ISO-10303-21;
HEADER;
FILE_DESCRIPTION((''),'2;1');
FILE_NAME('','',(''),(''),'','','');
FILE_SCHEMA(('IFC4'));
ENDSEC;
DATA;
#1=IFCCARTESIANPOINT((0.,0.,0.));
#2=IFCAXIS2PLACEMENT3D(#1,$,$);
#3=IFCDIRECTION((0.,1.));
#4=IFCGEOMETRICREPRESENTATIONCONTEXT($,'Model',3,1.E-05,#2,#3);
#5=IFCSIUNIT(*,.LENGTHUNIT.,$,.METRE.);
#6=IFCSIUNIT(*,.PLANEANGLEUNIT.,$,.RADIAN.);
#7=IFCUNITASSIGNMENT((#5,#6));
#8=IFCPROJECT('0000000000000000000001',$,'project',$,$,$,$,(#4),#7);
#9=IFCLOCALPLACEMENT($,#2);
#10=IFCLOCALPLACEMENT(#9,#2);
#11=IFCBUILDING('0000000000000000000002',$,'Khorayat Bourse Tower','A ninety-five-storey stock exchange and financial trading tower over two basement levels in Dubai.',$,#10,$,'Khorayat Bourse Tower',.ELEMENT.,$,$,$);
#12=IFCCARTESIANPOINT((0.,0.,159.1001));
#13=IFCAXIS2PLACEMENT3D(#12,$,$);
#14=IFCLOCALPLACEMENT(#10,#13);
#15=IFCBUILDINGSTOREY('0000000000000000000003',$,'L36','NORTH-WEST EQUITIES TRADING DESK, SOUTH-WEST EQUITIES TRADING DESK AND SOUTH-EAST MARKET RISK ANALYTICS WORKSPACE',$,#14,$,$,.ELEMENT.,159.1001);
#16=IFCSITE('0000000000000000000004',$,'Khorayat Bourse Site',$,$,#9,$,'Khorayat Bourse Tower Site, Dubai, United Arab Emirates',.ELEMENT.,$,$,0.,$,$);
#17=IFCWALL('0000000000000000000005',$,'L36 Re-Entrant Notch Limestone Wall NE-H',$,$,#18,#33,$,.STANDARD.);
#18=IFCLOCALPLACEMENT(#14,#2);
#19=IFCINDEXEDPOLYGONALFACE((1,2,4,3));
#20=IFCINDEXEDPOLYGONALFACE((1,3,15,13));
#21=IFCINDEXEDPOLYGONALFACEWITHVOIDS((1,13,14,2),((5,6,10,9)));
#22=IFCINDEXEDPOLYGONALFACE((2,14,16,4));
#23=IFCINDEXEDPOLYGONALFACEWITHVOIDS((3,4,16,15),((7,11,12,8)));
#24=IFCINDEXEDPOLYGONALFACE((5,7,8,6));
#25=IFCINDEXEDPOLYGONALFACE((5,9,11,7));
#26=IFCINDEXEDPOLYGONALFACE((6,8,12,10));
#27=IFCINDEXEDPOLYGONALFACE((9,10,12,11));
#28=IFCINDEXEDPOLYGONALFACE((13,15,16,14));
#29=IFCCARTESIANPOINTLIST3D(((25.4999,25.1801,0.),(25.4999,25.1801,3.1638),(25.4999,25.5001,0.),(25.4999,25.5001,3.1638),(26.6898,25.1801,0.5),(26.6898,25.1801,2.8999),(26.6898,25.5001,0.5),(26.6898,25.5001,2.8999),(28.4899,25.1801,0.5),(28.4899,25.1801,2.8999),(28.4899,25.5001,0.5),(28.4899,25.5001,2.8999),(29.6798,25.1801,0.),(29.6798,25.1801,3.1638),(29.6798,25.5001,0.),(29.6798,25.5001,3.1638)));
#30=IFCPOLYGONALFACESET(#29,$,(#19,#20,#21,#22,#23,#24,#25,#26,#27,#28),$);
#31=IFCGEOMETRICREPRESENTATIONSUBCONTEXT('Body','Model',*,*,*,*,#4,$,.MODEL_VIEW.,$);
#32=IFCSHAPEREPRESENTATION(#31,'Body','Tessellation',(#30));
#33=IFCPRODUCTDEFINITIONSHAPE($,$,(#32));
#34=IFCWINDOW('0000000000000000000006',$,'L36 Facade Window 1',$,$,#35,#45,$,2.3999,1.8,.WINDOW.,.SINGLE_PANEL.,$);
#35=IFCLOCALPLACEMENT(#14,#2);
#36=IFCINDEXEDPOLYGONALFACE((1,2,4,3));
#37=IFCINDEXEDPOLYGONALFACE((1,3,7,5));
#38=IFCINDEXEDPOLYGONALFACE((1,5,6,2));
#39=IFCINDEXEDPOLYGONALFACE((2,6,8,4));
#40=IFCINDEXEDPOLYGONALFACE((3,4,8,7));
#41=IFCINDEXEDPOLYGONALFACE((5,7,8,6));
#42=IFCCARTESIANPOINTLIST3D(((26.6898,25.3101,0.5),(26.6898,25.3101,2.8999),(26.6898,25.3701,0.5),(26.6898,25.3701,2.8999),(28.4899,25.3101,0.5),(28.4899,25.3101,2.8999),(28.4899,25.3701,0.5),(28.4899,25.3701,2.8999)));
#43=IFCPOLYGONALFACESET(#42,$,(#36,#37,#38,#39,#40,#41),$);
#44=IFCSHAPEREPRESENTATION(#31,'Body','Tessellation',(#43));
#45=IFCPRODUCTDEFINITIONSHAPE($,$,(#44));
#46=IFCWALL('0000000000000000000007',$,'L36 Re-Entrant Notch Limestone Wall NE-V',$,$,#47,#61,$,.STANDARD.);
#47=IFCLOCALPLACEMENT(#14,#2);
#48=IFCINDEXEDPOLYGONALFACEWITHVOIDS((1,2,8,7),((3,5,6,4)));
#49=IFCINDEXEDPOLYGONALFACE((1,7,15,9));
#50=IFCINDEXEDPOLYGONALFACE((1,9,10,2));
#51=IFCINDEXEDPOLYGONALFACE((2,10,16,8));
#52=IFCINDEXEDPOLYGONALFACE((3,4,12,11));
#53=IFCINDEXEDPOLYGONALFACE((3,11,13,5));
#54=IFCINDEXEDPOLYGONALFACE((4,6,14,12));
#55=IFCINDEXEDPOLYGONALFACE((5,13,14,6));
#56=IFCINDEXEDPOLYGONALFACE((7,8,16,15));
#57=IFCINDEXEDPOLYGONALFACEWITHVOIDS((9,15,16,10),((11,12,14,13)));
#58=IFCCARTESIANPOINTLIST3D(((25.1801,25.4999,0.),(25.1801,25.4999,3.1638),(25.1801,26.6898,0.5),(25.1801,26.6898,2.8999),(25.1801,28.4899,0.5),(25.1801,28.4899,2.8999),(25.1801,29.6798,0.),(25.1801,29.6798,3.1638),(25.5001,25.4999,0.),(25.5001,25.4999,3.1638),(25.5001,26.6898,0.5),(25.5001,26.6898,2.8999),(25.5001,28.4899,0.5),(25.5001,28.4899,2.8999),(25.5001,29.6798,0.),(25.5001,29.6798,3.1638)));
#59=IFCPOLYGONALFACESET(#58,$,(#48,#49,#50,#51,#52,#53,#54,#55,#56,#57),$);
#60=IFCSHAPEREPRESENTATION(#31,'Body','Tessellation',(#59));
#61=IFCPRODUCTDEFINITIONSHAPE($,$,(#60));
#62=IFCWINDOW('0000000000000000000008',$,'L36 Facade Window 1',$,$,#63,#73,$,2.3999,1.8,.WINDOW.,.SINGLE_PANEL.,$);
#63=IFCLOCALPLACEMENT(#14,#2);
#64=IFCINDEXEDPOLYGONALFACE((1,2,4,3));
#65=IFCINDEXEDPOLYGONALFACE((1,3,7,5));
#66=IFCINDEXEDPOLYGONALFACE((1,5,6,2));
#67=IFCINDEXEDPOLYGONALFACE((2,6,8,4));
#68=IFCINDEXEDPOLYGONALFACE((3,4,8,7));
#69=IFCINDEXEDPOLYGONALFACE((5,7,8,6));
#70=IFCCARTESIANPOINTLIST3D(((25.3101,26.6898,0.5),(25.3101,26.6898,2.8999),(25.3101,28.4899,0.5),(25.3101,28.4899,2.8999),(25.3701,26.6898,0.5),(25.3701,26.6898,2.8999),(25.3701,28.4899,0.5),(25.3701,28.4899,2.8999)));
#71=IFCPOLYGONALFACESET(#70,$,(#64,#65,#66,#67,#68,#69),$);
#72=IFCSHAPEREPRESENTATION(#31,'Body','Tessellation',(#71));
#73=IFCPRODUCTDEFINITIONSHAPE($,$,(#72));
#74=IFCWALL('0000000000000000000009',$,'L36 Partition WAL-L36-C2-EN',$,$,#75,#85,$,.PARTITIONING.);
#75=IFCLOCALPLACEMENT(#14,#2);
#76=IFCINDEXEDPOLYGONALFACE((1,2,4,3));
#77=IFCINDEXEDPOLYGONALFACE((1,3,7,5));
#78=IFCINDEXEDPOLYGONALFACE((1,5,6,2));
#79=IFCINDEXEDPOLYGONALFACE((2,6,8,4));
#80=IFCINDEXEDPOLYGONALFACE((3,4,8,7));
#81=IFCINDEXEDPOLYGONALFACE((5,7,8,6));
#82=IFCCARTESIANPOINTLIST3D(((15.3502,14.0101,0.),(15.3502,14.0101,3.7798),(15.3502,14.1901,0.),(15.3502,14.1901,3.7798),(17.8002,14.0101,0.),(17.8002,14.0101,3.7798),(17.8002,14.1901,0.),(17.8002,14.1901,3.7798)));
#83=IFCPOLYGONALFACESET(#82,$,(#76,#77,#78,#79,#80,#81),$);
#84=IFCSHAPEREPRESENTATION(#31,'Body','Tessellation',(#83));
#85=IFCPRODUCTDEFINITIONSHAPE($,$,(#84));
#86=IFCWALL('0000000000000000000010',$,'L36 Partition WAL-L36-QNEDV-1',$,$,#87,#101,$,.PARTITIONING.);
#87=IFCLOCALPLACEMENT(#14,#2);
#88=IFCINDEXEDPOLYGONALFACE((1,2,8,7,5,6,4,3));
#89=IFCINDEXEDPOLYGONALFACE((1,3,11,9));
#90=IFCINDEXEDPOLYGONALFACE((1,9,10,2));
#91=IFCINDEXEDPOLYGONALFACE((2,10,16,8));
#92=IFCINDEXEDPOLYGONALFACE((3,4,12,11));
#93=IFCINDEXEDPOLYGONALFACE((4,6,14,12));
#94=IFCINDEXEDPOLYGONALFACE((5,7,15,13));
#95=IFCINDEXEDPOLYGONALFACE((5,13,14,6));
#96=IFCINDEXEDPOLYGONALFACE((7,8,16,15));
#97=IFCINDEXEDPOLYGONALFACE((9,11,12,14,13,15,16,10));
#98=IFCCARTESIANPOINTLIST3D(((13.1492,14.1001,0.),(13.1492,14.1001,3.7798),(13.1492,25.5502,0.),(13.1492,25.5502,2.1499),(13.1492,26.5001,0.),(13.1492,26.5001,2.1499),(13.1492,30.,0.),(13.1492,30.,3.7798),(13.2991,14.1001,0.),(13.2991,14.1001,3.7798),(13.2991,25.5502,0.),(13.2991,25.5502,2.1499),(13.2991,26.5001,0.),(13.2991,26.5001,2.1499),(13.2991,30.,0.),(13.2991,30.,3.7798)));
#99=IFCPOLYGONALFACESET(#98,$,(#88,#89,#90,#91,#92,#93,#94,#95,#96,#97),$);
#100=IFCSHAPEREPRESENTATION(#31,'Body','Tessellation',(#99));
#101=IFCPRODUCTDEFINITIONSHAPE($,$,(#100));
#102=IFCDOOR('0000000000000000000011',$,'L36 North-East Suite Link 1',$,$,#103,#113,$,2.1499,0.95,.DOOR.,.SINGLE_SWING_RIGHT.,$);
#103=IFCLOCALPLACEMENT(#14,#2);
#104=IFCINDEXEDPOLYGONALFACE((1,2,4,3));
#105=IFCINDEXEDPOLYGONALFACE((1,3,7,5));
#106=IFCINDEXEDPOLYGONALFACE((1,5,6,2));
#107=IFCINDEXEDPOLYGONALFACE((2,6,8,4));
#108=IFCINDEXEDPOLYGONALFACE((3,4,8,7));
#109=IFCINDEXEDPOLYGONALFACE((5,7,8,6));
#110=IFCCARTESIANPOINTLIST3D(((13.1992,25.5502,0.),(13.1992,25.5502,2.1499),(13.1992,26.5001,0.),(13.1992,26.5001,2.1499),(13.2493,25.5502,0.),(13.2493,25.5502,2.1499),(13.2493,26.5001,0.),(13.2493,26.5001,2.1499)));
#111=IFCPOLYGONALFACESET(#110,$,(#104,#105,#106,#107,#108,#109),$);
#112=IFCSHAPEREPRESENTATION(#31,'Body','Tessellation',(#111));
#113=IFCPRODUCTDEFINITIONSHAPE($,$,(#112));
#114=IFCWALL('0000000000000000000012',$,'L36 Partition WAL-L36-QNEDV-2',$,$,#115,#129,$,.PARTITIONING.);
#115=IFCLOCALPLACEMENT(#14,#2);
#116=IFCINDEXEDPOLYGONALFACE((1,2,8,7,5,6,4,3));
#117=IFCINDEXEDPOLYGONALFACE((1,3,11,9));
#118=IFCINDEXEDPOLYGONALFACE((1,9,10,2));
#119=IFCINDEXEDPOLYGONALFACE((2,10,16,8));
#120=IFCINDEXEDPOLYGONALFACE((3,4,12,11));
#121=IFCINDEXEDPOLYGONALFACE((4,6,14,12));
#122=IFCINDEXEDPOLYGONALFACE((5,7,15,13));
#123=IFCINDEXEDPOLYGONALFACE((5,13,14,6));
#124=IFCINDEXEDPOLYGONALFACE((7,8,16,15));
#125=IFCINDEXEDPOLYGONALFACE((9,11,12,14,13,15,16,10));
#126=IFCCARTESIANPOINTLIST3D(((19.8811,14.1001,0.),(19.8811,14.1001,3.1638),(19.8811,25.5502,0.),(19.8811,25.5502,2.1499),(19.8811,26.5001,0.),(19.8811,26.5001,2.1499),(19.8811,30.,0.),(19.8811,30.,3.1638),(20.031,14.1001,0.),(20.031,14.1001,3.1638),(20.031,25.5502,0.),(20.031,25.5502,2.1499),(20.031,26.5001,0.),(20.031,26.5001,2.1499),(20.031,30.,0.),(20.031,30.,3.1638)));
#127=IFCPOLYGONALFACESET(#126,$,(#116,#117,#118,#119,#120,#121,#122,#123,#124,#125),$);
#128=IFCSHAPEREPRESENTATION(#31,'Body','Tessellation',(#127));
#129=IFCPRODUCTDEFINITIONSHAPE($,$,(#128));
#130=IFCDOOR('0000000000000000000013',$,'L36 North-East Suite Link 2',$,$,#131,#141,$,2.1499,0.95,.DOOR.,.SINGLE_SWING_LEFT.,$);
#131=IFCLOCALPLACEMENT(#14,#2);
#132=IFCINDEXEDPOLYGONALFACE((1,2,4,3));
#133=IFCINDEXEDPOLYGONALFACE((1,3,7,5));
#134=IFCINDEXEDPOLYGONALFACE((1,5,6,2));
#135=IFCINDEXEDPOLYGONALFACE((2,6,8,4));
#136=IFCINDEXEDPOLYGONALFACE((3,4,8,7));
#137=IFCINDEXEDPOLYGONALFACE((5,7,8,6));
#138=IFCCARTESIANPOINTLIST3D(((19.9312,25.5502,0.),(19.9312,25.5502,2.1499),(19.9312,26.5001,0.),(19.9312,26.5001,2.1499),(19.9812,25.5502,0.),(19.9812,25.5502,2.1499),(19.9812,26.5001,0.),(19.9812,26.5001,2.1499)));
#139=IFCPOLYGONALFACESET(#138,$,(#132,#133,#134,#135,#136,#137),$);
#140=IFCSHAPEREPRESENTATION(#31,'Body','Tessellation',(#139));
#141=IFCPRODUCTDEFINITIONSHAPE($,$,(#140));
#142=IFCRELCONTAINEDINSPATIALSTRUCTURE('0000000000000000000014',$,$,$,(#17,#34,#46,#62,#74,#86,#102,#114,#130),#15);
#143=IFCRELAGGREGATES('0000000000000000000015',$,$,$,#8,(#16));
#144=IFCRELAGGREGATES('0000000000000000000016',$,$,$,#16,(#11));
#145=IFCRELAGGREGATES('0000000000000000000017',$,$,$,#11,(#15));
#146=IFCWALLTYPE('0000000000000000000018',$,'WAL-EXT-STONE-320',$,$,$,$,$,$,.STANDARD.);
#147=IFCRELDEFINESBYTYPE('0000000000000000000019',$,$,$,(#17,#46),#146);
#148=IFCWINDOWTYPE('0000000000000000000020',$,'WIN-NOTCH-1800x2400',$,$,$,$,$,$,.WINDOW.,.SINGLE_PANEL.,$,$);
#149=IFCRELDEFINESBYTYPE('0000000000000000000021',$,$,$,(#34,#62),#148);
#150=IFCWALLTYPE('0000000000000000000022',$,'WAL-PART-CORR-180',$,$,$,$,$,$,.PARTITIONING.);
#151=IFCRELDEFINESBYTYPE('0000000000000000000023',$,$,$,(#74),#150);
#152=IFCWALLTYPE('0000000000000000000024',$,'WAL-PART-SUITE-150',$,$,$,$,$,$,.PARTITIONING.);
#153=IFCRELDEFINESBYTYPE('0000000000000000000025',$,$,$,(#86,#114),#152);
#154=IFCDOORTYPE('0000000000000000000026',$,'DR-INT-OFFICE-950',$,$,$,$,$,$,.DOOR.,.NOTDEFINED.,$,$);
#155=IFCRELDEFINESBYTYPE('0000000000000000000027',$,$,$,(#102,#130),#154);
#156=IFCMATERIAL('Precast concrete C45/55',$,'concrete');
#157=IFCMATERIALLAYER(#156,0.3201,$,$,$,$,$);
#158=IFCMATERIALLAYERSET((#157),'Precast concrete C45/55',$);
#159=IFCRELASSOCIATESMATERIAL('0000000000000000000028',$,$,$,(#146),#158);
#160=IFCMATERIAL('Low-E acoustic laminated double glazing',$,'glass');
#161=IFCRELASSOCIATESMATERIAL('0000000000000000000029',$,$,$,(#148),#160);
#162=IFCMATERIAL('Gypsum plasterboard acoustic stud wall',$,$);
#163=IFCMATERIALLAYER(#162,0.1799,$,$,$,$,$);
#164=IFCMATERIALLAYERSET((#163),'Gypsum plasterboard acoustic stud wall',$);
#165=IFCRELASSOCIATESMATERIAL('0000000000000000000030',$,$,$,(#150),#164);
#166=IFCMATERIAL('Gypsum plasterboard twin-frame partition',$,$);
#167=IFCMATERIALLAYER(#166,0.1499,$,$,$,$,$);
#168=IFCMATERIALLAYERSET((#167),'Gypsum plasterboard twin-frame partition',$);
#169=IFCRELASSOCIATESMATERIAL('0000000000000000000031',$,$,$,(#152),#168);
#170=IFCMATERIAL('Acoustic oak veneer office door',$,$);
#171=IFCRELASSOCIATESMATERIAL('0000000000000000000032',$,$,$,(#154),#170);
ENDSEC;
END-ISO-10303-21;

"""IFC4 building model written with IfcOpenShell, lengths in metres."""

from ifc_helpers import new_model, si_unit, direction, frame, frame_2d, origin, place, context, subcontext, project, spatial, rectangle, extrude, source, transform, mapped, material, layer, layer_set, type_object, element, fill, save


model = new_model("IFC4")

# Units and contexts
model_context = context("Model", 3, precision=1e-05, world=origin(), true_north=direction((0.0, 1.0)))
body_context = subcontext(model_context, "Body", "Model", "MODEL_VIEW")
ifc_project = project(units=[si_unit("LENGTHUNIT", "METRE"), si_unit("PLANEANGLEUNIT", "RADIAN")], contexts=[model_context])

# Site, building, storey
site_placement = place(None, origin())
site = spatial("IfcSite", under=ifc_project, at=site_placement, Name="Khorayat Bourse Site", LongName="Khorayat Bourse Tower Site, Dubai, United Arab Emirates", CompositionType="ELEMENT", RefElevation=0.0)
building_placement = place(site_placement, origin())
building = spatial("IfcBuilding", under=site, at=building_placement, Name="Khorayat Bourse Tower", Description="A ninety-five-storey stock exchange and financial trading tower over two basement levels in Dubai.", LongName="Khorayat Bourse Tower", CompositionType="ELEMENT")
storey_placement = place(building_placement, frame((0.0, 0.0, 159.1001)))
storey = spatial("IfcBuildingStorey", under=building, at=storey_placement, Name="L36", Description="NORTH-WEST EQUITIES TRADING DESK, SOUTH-WEST EQUITIES TRADING DESK AND SOUTH-EAST MARKET RISK ANALYTICS WORKSPACE", CompositionType="ELEMENT", Elevation=159.1001)

# Walls, openings, windows
ifc_material_1 = material(Name="Precast concrete C45/55", Category="concrete")
ifc_layer_1 = layer(ifc_material_1, 0.3201)
ifc_layer_set_1 = layer_set([ifc_layer_1], Name="Precast concrete C45/55")
wall_type_1 = type_object("IfcWallType", Name="WAL-EXT-STONE-320", PredefinedType="STANDARD", material=ifc_layer_set_1)
shared_shape_1 = source(origin(), body_context, "Body", "SweptSolid", [
    extrude(rectangle(XDim=4.1799, YDim=0.3201, at=frame_2d((2.0898, 0.0))), origin(), (0.0, 0.0, 1.0), 3.1638),
])
wall_1_placement = place(storey_placement, frame((25.5, 25.3401, 0.0), z_axis=(0.0, 0.0, 1.0), x_axis=(1.0, 0.0, 0.0)))
wall_1 = element("IfcWall", 1, at=wall_1_placement, inside=storey, type_object=wall_type_1, Name="L36 Re-Entrant Notch Limestone Wall NE-H", PredefinedType="STANDARD", context=body_context, shape_type="MappedRepresentation", body=[
    mapped(shared_shape_1, transform((0.0, 0.0, 0.0), scale=1.0)),
])
shared_shape_2 = source(origin(), body_context, "Body", "SweptSolid", [
    extrude(rectangle(XDim=1.8, YDim=2.3999, at=frame_2d((0.8999, 1.2))), frame((0.0, 0.1699, 0.0), z_axis=(0.0, -1.0, 0.0), x_axis=(1.0, 0.0, 0.0)), (0.0, 0.0, 1.0), 0.3401),
])
opening_1_placement = place(wall_1_placement, frame((1.1899, 0.0, 0.5)))
opening_1 = element("IfcOpeningElement", 2, at=opening_1_placement, cuts=wall_1, PredefinedType="OPENING", context=body_context, shape_type="MappedRepresentation", body=[
    mapped(shared_shape_2, transform((0.0, 0.0, 0.0), scale=1.0)),
])
ifc_material_2 = material(Name="Low-E acoustic laminated double glazing", Category="glass")
window_type = type_object("IfcWindowType", Name="WIN-NOTCH-1800x2400", PartitioningType="SINGLE_PANEL", PredefinedType="WINDOW", material=ifc_material_2)
shared_shape_3 = source(origin(), body_context, "Body", "SweptSolid", [
    extrude(rectangle(XDim=1.8, YDim=2.3999, at=frame_2d((0.8999, 1.2))), frame((0.0, 0.03, 0.0), z_axis=(0.0, -1.0, 0.0), x_axis=(1.0, 0.0, 0.0)), (0.0, 0.0, 1.0), 0.0601),
])
window_1_placement = place(opening_1_placement, origin())
window_1 = element("IfcWindow", 3, at=window_1_placement, inside=storey, type_object=window_type, Name="L36 Facade Window 1", OverallHeight=2.3999, OverallWidth=1.8, PartitioningType="SINGLE_PANEL", PredefinedType="WINDOW", context=body_context, shape_type="MappedRepresentation", body=[
    mapped(shared_shape_3, transform((0.0, 0.0, 0.0), scale=1.0)),
])
fill(opening_1, window_1)
wall_2_placement = place(storey_placement, frame((25.3401, 25.5, 0.0), z_axis=(0.0, 0.0, 1.0), x_axis=(0.0, 1.0, 0.0)))
wall_2 = element("IfcWall", 4, at=wall_2_placement, inside=storey, type_object=wall_type_1, Name="L36 Re-Entrant Notch Limestone Wall NE-V", PredefinedType="STANDARD", context=body_context, shape_type="MappedRepresentation", body=[
    mapped(shared_shape_1, transform((0.0, 0.0, 0.0), scale=1.0)),
])
opening_2_placement = place(wall_2_placement, frame((1.1899, 0.0, 0.5)))
opening_2 = element("IfcOpeningElement", 5, at=opening_2_placement, cuts=wall_2, PredefinedType="OPENING", context=body_context, shape_type="MappedRepresentation", body=[
    mapped(shared_shape_2, transform((0.0, 0.0, 0.0), scale=1.0)),
])
window_2_placement = place(opening_2_placement, origin())
window_2 = element("IfcWindow", 6, at=window_2_placement, inside=storey, type_object=window_type, Name="L36 Facade Window 1", OverallHeight=2.3999, OverallWidth=1.8, PartitioningType="SINGLE_PANEL", PredefinedType="WINDOW", context=body_context, shape_type="MappedRepresentation", body=[
    mapped(shared_shape_3, transform((0.0, 0.0, 0.0), scale=1.0)),
])
fill(opening_2, window_2)

# Wall
ifc_material_3 = material(Name="Gypsum plasterboard acoustic stud wall")
ifc_layer_2 = layer(ifc_material_3, 0.1799)
ifc_layer_set_2 = layer_set([ifc_layer_2], Name="Gypsum plasterboard acoustic stud wall")
wall_type_2 = type_object("IfcWallType", Name="WAL-PART-CORR-180", PredefinedType="PARTITIONING", material=ifc_layer_set_2)
shared_shape_4 = source(origin(), body_context, "Body", "SweptSolid", [
    extrude(rectangle(XDim=2.45, YDim=0.1799, at=frame_2d((1.2251, 0.0))), origin(), (0.0, 0.0, 1.0), 3.7798),
])
wall_3_placement = place(storey_placement, frame((15.3501, 14.1001, 0.0), z_axis=(0.0, 0.0, 1.0), x_axis=(1.0, 0.0, 0.0)))
element("IfcWall", 7, at=wall_3_placement, inside=storey, type_object=wall_type_2, Name="L36 Partition WAL-L36-C2-EN", PredefinedType="PARTITIONING", context=body_context, shape_type="MappedRepresentation", body=[
    mapped(shared_shape_4, transform((0.0, 0.0, 0.0), scale=1.0)),
])

# Walls, openings, doors
ifc_material_4 = material(Name="Gypsum plasterboard twin-frame partition")
ifc_layer_3 = layer(ifc_material_4, 0.1499)
ifc_layer_set_3 = layer_set([ifc_layer_3], Name="Gypsum plasterboard twin-frame partition")
wall_type_3 = type_object("IfcWallType", Name="WAL-PART-SUITE-150", PredefinedType="PARTITIONING", material=ifc_layer_set_3)
shared_shape_5 = source(origin(), body_context, "Body", "SweptSolid", [
    extrude(rectangle(XDim=15.8999, YDim=0.1499, at=frame_2d((7.95, 0.0))), origin(), (0.0, 0.0, 1.0), 3.7798),
])
wall_4_placement = place(storey_placement, frame((13.2241, 14.1001, 0.0), z_axis=(0.0, 0.0, 1.0), x_axis=(0.0, 1.0, 0.0)))
wall_4 = element("IfcWall", 8, at=wall_4_placement, inside=storey, type_object=wall_type_3, Name="L36 Partition WAL-L36-QNEDV-1", PredefinedType="PARTITIONING", context=body_context, shape_type="MappedRepresentation", body=[
    mapped(shared_shape_5, transform((0.0, 0.0, 0.0), scale=1.0)),
])
shared_shape_6 = source(origin(), body_context, "Body", "SweptSolid", [
    extrude(rectangle(XDim=0.95, YDim=2.1499, at=frame_2d((0.4751, 1.075))), frame((0.0, 0.085, 0.0), z_axis=(0.0, -1.0, 0.0), x_axis=(1.0, 0.0, 0.0)), (0.0, 0.0, 1.0), 0.1699),
])
opening_3_placement = place(wall_4_placement, frame((11.45, 0.0, 0.0)))
opening_3 = element("IfcOpeningElement", 9, at=opening_3_placement, cuts=wall_4, PredefinedType="OPENING", context=body_context, shape_type="MappedRepresentation", body=[
    mapped(shared_shape_6, transform((0.0, 0.0, 0.0), scale=1.0)),
])
ifc_material_5 = material(Name="Acoustic oak veneer office door")
door_type = type_object("IfcDoorType", Name="DR-INT-OFFICE-950", OperationType="NOTDEFINED", PredefinedType="DOOR", material=ifc_material_5)
shared_shape_7 = source(origin(), body_context, "Body", "SweptSolid", [
    extrude(rectangle(XDim=0.95, YDim=2.1499, at=frame_2d((0.4751, 1.075))), frame((0.0, 0.0249, 0.0), z_axis=(0.0, -1.0, 0.0), x_axis=(1.0, 0.0, 0.0)), (0.0, 0.0, 1.0), 0.05),
])
door_1_placement = place(opening_3_placement, origin())
door_1 = element("IfcDoor", 10, at=door_1_placement, inside=storey, type_object=door_type, Name="L36 North-East Suite Link 1", OperationType="SINGLE_SWING_RIGHT", OverallHeight=2.1499, OverallWidth=0.95, PredefinedType="DOOR", context=body_context, shape_type="MappedRepresentation", body=[
    mapped(shared_shape_7, transform((0.0, 0.0, 0.0), scale=1.0)),
])
fill(opening_3, door_1)
shared_shape_8 = source(origin(), body_context, "Body", "SweptSolid", [
    extrude(rectangle(XDim=15.8999, YDim=0.1499, at=frame_2d((7.95, 0.0))), origin(), (0.0, 0.0, 1.0), 3.1638),
])
wall_5_placement = place(storey_placement, frame((19.9561, 14.1001, 0.0), z_axis=(0.0, 0.0, 1.0), x_axis=(0.0, 1.0, 0.0)))
wall_5 = element("IfcWall", 11, at=wall_5_placement, inside=storey, type_object=wall_type_3, Name="L36 Partition WAL-L36-QNEDV-2", PredefinedType="PARTITIONING", context=body_context, shape_type="MappedRepresentation", body=[
    mapped(shared_shape_8, transform((0.0, 0.0, 0.0), scale=1.0)),
])
opening_4_placement = place(wall_5_placement, frame((11.45, 0.0, 0.0)))
opening_4 = element("IfcOpeningElement", 12, at=opening_4_placement, cuts=wall_5, PredefinedType="OPENING", context=body_context, shape_type="MappedRepresentation", body=[
    mapped(shared_shape_6, transform((0.0, 0.0, 0.0), scale=1.0)),
])
door_2_placement = place(opening_4_placement, origin())
door_2 = element("IfcDoor", 13, at=door_2_placement, inside=storey, type_object=door_type, Name="L36 North-East Suite Link 2", OperationType="SINGLE_SWING_LEFT", OverallHeight=2.1499, OverallWidth=0.95, PredefinedType="DOOR", context=body_context, shape_type="MappedRepresentation", body=[
    mapped(shared_shape_7, transform((0.0, 0.0, 0.0), scale=1.0)),
])
fill(opening_4, door_2)

save(model, "model.ifc")
